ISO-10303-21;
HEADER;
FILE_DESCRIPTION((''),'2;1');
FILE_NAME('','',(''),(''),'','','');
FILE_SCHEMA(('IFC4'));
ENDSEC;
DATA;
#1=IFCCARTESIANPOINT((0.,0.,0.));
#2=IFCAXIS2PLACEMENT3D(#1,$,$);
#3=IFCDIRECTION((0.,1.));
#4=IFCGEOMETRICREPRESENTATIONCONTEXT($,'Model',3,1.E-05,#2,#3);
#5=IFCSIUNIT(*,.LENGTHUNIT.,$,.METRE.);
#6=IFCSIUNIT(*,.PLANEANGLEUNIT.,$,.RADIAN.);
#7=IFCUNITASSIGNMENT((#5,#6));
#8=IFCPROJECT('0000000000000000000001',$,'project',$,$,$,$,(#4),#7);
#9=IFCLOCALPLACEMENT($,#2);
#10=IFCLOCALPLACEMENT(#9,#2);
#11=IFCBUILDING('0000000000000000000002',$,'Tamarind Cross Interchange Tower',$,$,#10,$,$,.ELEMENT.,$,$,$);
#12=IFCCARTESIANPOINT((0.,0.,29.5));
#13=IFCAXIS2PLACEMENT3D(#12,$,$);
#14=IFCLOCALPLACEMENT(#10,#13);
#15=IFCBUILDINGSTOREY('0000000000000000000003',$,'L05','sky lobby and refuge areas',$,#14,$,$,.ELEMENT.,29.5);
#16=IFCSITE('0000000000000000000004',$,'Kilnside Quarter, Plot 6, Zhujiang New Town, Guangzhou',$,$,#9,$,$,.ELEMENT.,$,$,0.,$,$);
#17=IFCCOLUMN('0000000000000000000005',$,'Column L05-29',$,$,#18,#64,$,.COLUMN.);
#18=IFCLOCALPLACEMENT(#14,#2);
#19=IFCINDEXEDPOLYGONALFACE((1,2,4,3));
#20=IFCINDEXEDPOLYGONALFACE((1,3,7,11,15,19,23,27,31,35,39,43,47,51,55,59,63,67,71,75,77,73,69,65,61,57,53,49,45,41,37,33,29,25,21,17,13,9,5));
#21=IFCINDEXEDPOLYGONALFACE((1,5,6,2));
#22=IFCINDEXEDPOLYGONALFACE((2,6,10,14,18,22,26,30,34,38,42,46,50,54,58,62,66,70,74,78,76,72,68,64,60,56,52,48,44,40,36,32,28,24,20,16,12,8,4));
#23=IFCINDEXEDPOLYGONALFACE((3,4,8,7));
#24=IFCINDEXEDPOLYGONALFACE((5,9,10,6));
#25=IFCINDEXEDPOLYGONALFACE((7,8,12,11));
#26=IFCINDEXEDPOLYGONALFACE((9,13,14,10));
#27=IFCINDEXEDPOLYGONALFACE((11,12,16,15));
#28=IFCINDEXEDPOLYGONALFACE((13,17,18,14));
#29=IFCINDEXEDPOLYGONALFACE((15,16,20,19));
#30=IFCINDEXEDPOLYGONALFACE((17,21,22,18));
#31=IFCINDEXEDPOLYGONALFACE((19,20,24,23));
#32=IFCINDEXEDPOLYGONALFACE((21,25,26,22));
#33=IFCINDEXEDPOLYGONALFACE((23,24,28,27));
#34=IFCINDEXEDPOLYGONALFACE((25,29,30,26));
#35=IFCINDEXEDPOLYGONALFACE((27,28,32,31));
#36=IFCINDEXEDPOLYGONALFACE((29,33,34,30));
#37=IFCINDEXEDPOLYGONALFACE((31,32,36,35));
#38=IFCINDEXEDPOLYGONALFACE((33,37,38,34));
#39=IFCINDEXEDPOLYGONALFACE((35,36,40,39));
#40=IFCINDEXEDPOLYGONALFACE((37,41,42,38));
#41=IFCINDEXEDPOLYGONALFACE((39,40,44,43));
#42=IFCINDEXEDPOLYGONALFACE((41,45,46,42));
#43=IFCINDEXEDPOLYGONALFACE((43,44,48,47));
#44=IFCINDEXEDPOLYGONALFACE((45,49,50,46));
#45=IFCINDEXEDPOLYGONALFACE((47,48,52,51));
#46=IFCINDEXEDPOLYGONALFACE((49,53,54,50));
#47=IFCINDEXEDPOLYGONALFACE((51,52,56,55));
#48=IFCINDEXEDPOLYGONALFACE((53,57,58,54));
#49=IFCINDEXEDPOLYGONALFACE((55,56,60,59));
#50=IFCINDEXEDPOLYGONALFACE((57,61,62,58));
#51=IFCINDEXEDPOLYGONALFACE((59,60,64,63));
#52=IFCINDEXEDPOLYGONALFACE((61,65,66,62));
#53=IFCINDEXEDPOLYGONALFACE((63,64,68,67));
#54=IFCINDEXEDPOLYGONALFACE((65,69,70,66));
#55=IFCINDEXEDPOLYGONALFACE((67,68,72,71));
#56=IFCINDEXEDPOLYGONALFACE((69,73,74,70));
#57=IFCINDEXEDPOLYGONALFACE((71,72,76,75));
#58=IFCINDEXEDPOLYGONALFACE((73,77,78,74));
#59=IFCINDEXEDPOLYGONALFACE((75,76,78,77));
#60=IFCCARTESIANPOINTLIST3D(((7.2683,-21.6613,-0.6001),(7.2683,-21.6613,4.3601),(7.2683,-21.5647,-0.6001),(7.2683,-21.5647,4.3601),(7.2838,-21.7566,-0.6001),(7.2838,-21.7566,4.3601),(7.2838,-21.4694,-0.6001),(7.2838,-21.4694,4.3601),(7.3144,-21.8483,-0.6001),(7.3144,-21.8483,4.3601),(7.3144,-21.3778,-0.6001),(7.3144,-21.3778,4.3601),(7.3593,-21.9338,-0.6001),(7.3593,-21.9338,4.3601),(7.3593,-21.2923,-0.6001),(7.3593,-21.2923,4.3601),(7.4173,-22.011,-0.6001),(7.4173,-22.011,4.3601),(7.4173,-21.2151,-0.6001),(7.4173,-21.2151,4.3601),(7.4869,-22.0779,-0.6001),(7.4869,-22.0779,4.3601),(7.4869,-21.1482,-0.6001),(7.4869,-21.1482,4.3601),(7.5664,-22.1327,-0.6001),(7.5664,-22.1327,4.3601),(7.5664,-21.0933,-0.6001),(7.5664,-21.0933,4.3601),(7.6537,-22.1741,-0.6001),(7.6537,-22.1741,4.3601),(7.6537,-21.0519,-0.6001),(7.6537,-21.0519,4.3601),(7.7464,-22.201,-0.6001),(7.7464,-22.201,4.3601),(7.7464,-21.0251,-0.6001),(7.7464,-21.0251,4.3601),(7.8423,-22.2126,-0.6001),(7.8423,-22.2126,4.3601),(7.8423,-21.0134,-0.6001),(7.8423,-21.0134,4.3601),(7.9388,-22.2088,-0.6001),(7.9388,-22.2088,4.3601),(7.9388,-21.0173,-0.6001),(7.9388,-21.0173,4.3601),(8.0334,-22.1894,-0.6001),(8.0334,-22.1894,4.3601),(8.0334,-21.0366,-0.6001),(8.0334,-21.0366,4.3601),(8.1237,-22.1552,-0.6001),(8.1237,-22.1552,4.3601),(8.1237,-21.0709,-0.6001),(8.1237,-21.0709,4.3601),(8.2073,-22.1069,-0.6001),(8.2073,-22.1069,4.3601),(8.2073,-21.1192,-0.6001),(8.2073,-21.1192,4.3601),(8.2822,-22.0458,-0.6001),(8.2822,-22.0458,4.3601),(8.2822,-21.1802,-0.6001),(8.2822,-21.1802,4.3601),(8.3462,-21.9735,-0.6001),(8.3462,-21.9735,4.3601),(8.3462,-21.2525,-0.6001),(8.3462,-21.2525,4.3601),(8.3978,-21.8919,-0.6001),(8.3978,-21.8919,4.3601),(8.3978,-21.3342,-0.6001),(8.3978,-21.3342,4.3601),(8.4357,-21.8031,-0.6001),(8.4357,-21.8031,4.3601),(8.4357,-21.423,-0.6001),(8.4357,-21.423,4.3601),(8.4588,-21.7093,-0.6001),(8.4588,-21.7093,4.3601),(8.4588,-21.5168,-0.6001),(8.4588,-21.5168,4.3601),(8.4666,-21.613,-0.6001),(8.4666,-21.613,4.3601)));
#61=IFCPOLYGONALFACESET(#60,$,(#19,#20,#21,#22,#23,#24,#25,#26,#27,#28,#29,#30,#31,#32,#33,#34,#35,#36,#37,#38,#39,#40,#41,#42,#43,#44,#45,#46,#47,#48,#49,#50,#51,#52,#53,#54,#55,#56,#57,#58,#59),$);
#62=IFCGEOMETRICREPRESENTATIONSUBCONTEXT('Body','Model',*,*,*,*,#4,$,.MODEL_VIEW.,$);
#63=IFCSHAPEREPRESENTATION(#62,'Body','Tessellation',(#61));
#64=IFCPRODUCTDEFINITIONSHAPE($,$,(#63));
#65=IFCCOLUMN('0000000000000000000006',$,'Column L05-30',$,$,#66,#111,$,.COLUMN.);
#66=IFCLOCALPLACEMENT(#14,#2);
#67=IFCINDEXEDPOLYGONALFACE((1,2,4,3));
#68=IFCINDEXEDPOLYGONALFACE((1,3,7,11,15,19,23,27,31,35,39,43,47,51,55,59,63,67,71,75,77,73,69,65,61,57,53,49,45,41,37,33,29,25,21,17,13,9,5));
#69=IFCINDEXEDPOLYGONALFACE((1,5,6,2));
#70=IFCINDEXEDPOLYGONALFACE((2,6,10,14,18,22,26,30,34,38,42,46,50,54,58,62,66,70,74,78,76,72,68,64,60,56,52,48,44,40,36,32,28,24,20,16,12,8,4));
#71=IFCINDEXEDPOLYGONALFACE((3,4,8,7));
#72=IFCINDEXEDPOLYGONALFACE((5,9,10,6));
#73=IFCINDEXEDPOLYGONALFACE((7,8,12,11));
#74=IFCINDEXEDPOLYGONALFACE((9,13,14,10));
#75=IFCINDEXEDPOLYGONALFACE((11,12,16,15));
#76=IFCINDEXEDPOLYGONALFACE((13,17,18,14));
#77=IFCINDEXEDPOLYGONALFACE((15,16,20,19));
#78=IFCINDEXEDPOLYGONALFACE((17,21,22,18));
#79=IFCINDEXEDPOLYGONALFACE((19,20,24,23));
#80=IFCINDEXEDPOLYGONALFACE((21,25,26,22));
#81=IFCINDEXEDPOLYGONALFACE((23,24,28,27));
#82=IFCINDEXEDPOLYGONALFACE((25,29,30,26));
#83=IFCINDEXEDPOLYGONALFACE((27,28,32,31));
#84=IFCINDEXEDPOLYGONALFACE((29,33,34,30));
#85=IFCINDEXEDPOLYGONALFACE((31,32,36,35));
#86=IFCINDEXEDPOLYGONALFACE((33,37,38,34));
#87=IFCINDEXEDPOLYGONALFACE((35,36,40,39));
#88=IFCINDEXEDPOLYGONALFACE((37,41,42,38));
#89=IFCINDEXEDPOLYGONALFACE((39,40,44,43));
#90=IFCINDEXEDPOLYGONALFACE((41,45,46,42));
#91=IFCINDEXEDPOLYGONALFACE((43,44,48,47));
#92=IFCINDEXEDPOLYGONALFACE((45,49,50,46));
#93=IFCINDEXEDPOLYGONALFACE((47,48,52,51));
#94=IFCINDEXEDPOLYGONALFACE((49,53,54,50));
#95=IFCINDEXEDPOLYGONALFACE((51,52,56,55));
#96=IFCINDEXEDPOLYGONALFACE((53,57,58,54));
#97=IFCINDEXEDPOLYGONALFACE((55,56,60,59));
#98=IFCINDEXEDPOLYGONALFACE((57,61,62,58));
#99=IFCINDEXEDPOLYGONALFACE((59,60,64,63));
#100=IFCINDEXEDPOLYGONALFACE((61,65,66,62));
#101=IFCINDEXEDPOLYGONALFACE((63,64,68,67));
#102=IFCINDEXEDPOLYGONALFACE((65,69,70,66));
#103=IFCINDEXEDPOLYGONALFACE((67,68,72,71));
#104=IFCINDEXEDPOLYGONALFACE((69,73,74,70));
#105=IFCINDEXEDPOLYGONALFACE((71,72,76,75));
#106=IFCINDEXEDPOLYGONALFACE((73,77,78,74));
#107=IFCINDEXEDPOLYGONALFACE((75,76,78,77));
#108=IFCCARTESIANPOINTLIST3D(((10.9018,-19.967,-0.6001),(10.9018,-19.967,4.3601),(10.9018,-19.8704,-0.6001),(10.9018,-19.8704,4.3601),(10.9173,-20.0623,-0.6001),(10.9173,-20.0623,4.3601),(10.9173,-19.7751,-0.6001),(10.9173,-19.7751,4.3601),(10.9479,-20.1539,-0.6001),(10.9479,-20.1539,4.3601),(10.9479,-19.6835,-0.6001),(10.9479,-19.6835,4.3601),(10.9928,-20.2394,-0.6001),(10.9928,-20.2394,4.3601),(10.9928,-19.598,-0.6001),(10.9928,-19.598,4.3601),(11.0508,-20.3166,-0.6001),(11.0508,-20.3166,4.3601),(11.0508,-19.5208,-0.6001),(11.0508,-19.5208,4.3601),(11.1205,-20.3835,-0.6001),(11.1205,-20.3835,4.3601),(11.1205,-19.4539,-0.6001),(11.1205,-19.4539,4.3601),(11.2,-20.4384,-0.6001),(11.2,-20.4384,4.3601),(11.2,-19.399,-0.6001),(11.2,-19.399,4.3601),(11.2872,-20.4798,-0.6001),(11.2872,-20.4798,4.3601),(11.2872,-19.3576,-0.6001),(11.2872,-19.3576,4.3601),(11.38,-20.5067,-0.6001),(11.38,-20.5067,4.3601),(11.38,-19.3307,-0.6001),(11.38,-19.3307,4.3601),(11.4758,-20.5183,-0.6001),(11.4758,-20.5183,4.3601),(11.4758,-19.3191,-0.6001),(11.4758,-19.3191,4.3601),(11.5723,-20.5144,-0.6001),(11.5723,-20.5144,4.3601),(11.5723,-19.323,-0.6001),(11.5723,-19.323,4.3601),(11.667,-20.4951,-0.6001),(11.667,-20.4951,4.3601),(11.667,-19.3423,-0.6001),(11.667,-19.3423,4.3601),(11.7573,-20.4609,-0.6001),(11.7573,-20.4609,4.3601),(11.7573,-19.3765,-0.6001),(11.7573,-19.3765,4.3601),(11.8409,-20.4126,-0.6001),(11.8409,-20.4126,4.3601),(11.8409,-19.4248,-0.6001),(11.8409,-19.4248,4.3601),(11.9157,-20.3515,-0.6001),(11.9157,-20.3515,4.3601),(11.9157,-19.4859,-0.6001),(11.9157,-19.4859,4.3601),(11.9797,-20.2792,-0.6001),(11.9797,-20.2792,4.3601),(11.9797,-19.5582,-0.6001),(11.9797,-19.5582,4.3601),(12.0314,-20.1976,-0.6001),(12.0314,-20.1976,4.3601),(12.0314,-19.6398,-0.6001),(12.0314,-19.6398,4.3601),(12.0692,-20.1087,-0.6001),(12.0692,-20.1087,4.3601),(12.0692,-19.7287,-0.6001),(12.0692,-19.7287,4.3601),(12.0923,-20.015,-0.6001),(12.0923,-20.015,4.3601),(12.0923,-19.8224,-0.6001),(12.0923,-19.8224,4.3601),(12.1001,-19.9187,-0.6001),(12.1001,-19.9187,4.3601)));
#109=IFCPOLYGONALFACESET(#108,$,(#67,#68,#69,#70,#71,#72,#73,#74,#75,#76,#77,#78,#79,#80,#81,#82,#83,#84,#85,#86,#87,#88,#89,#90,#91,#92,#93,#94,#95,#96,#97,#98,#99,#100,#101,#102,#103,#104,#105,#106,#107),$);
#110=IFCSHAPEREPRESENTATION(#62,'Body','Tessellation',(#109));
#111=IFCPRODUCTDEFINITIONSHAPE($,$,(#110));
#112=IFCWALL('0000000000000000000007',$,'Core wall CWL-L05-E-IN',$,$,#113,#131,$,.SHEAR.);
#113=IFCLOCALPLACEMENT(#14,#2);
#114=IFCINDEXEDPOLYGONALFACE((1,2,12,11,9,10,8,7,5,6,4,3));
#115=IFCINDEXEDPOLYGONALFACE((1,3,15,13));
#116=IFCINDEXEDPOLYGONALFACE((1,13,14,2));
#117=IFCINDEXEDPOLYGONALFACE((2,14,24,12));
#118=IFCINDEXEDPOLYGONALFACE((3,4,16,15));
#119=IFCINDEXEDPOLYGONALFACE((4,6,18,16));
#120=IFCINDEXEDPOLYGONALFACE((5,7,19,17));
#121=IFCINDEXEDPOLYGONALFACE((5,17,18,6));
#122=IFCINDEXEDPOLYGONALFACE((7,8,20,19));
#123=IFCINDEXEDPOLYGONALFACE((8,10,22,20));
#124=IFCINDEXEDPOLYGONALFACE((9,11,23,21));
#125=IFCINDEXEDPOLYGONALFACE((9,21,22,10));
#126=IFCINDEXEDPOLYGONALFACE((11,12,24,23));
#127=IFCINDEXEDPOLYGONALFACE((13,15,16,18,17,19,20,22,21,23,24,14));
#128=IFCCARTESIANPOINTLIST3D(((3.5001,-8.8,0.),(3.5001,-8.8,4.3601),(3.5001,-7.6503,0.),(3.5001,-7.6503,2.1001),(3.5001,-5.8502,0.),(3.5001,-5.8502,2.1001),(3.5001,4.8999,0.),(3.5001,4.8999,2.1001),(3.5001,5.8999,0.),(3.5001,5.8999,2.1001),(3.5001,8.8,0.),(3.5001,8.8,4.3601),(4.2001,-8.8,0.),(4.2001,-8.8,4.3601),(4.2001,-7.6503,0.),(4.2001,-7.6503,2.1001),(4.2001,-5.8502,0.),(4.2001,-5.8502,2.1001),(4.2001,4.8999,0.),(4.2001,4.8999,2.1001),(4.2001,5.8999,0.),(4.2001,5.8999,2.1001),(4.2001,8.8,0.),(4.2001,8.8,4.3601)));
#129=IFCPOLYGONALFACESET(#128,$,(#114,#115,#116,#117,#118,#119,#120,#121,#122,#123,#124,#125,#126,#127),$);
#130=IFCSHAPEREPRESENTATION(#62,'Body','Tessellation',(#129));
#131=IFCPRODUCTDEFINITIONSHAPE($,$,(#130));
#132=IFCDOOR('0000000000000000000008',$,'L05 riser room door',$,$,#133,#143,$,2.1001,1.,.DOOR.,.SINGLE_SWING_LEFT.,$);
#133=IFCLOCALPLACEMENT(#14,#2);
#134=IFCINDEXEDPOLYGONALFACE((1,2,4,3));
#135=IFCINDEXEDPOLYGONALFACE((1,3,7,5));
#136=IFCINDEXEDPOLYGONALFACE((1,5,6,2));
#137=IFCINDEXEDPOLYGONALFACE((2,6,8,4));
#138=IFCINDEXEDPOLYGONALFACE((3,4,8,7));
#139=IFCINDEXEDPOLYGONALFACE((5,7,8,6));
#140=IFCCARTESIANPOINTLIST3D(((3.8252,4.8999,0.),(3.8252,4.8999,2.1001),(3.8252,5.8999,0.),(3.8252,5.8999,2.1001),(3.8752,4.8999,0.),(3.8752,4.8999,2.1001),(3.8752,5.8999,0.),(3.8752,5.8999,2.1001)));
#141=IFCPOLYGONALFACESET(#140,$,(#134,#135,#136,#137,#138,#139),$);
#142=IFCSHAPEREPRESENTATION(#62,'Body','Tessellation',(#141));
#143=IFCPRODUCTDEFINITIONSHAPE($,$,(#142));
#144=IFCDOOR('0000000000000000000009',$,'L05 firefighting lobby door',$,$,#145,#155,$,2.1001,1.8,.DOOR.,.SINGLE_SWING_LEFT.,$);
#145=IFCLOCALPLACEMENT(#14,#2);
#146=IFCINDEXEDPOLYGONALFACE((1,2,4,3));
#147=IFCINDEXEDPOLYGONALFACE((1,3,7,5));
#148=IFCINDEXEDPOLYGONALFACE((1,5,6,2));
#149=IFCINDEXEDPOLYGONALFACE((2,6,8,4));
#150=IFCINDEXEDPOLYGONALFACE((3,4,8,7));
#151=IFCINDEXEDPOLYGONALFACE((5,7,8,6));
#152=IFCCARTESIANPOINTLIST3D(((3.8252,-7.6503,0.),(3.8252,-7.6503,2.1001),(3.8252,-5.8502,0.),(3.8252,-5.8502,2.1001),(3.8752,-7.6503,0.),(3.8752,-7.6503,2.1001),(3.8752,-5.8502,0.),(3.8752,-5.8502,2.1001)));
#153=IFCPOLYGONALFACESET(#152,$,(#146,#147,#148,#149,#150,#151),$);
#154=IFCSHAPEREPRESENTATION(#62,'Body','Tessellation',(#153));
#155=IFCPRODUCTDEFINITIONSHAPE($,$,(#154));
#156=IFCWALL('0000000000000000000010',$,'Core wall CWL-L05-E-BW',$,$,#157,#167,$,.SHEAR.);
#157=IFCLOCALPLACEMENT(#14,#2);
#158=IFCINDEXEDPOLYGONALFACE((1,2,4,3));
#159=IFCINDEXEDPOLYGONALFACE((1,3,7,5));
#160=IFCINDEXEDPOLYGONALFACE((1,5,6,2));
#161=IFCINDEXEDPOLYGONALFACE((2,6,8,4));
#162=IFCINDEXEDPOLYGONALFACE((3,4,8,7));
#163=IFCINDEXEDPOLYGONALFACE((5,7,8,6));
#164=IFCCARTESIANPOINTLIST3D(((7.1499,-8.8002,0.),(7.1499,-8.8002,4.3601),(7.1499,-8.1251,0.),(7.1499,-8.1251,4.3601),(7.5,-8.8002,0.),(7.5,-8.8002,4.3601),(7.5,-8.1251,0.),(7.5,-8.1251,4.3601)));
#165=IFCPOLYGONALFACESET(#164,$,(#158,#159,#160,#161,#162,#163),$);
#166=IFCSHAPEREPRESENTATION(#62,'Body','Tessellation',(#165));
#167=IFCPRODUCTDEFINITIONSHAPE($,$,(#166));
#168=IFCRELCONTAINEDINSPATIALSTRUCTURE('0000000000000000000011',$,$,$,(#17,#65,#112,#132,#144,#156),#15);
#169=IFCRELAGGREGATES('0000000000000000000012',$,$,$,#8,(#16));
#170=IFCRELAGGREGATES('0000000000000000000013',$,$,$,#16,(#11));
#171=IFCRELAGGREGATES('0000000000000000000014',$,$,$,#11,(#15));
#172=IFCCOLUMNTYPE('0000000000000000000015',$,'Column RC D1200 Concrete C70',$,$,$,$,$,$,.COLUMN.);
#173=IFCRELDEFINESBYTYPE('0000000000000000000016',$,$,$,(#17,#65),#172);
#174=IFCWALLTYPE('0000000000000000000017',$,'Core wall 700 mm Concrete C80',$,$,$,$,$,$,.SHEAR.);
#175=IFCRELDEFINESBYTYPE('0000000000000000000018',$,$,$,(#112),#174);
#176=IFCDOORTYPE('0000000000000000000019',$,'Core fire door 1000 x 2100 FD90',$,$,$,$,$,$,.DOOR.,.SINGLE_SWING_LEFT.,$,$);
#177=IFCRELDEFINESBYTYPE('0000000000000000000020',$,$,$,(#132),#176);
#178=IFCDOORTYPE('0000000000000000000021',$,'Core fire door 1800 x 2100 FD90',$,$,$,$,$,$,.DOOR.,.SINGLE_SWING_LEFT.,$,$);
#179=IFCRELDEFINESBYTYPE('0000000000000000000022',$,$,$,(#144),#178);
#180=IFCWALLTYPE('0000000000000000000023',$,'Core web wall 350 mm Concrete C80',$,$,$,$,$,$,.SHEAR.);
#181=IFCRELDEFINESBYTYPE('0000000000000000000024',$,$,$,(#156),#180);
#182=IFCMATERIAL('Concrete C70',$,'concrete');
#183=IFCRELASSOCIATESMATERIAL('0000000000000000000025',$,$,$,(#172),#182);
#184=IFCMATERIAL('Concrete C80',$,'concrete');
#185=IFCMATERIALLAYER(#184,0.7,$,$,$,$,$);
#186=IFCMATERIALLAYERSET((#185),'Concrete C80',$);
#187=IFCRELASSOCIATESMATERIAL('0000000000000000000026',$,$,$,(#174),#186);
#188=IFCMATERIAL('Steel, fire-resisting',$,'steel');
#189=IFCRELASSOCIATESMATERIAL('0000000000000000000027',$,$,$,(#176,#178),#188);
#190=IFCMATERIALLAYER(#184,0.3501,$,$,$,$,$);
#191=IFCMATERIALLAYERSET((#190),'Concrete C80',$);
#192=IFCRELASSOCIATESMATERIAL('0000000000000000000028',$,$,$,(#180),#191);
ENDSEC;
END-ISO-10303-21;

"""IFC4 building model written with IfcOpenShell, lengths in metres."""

from ifc_helpers import new_model, si_unit, direction, frame, frame_2d, origin, origin_2d, place, context, subcontext, project, spatial, rectangle, circle, extrude, material, layer, layer_set, material_profile, profile_set, type_object, element, fill, save


model = new_model("IFC4")

# Units and contexts
model_context = context("Model", 3, precision=1e-05, world=origin(), true_north=direction((0.0, 1.0)))
body_context = subcontext(model_context, "Body", "Model", "MODEL_VIEW")
ifc_project = project(units=[si_unit("LENGTHUNIT", "METRE"), si_unit("PLANEANGLEUNIT", "RADIAN")], contexts=[model_context])

# Site, building, storey
site_placement = place(None, origin())
site = spatial("IfcSite", under=ifc_project, at=site_placement, Name="Kilnside Quarter, Plot 6, Zhujiang New Town, Guangzhou", CompositionType="ELEMENT", RefElevation=0.0)
building_placement = place(site_placement, origin())
building = spatial("IfcBuilding", under=site, at=building_placement, Name="Tamarind Cross Interchange Tower", CompositionType="ELEMENT")
storey_placement = place(building_placement, frame((0.0, 0.0, 29.5)))
storey = spatial("IfcBuildingStorey", under=building, at=storey_placement, Name="L05", Description="sky lobby and refuge areas", CompositionType="ELEMENT", Elevation=29.5)

# Columns
ifc_material_1 = material(Name="Concrete C70", Category="concrete")
ifc_material_profile = material_profile(ifc_material_1, circle(Radius=0.6001, at=origin_2d()), Name="RC D1200")
ifc_profile_set = profile_set([ifc_material_profile], Name="Concrete C70")
column_type = type_object("IfcColumnType", Name="Column RC D1200 Concrete C70", PredefinedType="COLUMN", material=ifc_profile_set)
for number, where, z_axis, x_axis, name in (
    (1, (7.8665, -21.613, -0.6001), (0.0, 0.0, 1.0), (1.0, 0.0, 0.0), "Column L05-29"),
    (2, (11.5, -19.9187, -0.6001), (0.0, 0.0, 1.0), (1.0, 0.0, 0.0), "Column L05-30"),
):
    element("IfcColumn", number, at=place(storey_placement, frame(where, z_axis=z_axis, x_axis=x_axis)), inside=storey, type_object=column_type, Name=name, PredefinedType="COLUMN", context=body_context, shape_type="SweptSolid", body=[
        extrude(circle(Radius=0.6001, at=origin_2d()), origin(), (0.0, 0.0, 1.0), 4.9602),
    ])

# Wall, openings, doors
ifc_material_2 = material(Name="Concrete C80", Category="concrete")
ifc_layer_1 = layer(ifc_material_2, 0.7)
ifc_layer_set_1 = layer_set([ifc_layer_1], Name="Concrete C80")
wall_type_1 = type_object("IfcWallType", Name="Core wall 700 mm Concrete C80", PredefinedType="SHEAR", material=ifc_layer_set_1)
wall_1_placement = place(storey_placement, frame((3.8501, -8.8, 0.0), z_axis=(0.0, 0.0, 1.0), x_axis=(0.0, 1.0, 0.0)))
wall_1 = element("IfcWall", 3, at=wall_1_placement, inside=storey, type_object=wall_type_1, Name="Core wall CWL-L05-E-IN", PredefinedType="SHEAR", context=body_context, shape_type="SweptSolid", body=[
    extrude(rectangle(XDim=17.6001, YDim=0.7, at=frame_2d((8.8, 0.0))), origin(), (0.0, 0.0, 1.0), 4.3601),
])
opening_1_placement = place(wall_1_placement, frame((1.1499, 0.0, 0.0)))
opening_1 = element("IfcOpeningElement", 4, at=opening_1_placement, cuts=wall_1, PredefinedType="OPENING", context=body_context, shape_type="SweptSolid", body=[
    extrude(rectangle(XDim=1.8, YDim=2.1001, at=frame_2d((0.8999, 1.05))), frame((0.0, 0.3599, 0.0), z_axis=(0.0, -1.0, 0.0), x_axis=(1.0, 0.0, 0.0)), (0.0, 0.0, 1.0), 0.72),
])
opening_2_placement = place(wall_1_placement, frame((13.7, 0.0, 0.0)))
opening_2 = element("IfcOpeningElement", 5, at=opening_2_placement, cuts=wall_1, PredefinedType="OPENING", context=body_context, shape_type="SweptSolid", body=[
    extrude(rectangle(XDim=1.0, YDim=2.1001, at=frame_2d((0.5, 1.05))), frame((0.0, 0.3599, 0.0), z_axis=(0.0, -1.0, 0.0), x_axis=(1.0, 0.0, 0.0)), (0.0, 0.0, 1.0), 0.72),
])
ifc_material_3 = material(Name="Steel, fire-resisting", Category="steel")
door_type_1 = type_object("IfcDoorType", Name="Core fire door 1000 x 2100 FD90", OperationType="SINGLE_SWING_LEFT", PredefinedType="DOOR", material=ifc_material_3)
door_1_placement = place(opening_2_placement, origin())
door_1 = element("IfcDoor", 6, at=door_1_placement, inside=storey, type_object=door_type_1, Name="L05 riser room door", OperationType="SINGLE_SWING_LEFT", OverallHeight=2.1001, OverallWidth=1.0, PredefinedType="DOOR", context=body_context, shape_type="SweptSolid", body=[
    extrude(rectangle(XDim=1.0, YDim=2.1001, at=frame_2d((0.5, 1.05))), frame((0.0, 0.0249, 0.0), z_axis=(0.0, -1.0, 0.0), x_axis=(1.0, 0.0, 0.0)), (0.0, 0.0, 1.0), 0.05),
])
fill(opening_2, door_1)
door_type_2 = type_object("IfcDoorType", Name="Core fire door 1800 x 2100 FD90", OperationType="SINGLE_SWING_LEFT", PredefinedType="DOOR", material=ifc_material_3)
door_2_placement = place(opening_1_placement, origin())
door_2 = element("IfcDoor", 7, at=door_2_placement, inside=storey, type_object=door_type_2, Name="L05 firefighting lobby door", OperationType="SINGLE_SWING_LEFT", OverallHeight=2.1001, OverallWidth=1.8, PredefinedType="DOOR", context=body_context, shape_type="SweptSolid", body=[
    extrude(rectangle(XDim=1.8, YDim=2.1001, at=frame_2d((0.8999, 1.05))), frame((0.0, 0.0249, 0.0), z_axis=(0.0, -1.0, 0.0), x_axis=(1.0, 0.0, 0.0)), (0.0, 0.0, 1.0), 0.05),
])
fill(opening_1, door_2)

# Wall
ifc_layer_2 = layer(ifc_material_2, 0.3501)
ifc_layer_set_2 = layer_set([ifc_layer_2], Name="Concrete C80")
wall_type_2 = type_object("IfcWallType", Name="Core web wall 350 mm Concrete C80", PredefinedType="SHEAR", material=ifc_layer_set_2)
wall_2_placement = place(storey_placement, frame((7.325, -8.8, 0.0), z_axis=(0.0, 0.0, 1.0), x_axis=(0.0, 1.0, 0.0)))
element("IfcWall", 8, at=wall_2_placement, inside=storey, type_object=wall_type_2, Name="Core wall CWL-L05-E-BW", PredefinedType="SHEAR", context=body_context, shape_type="SweptSolid", body=[
    extrude(rectangle(XDim=0.675, YDim=0.3501, at=frame_2d((0.3374, 0.0))), origin(), (0.0, 0.0, 1.0), 4.3601),
])

save(model, "model.ifc")
